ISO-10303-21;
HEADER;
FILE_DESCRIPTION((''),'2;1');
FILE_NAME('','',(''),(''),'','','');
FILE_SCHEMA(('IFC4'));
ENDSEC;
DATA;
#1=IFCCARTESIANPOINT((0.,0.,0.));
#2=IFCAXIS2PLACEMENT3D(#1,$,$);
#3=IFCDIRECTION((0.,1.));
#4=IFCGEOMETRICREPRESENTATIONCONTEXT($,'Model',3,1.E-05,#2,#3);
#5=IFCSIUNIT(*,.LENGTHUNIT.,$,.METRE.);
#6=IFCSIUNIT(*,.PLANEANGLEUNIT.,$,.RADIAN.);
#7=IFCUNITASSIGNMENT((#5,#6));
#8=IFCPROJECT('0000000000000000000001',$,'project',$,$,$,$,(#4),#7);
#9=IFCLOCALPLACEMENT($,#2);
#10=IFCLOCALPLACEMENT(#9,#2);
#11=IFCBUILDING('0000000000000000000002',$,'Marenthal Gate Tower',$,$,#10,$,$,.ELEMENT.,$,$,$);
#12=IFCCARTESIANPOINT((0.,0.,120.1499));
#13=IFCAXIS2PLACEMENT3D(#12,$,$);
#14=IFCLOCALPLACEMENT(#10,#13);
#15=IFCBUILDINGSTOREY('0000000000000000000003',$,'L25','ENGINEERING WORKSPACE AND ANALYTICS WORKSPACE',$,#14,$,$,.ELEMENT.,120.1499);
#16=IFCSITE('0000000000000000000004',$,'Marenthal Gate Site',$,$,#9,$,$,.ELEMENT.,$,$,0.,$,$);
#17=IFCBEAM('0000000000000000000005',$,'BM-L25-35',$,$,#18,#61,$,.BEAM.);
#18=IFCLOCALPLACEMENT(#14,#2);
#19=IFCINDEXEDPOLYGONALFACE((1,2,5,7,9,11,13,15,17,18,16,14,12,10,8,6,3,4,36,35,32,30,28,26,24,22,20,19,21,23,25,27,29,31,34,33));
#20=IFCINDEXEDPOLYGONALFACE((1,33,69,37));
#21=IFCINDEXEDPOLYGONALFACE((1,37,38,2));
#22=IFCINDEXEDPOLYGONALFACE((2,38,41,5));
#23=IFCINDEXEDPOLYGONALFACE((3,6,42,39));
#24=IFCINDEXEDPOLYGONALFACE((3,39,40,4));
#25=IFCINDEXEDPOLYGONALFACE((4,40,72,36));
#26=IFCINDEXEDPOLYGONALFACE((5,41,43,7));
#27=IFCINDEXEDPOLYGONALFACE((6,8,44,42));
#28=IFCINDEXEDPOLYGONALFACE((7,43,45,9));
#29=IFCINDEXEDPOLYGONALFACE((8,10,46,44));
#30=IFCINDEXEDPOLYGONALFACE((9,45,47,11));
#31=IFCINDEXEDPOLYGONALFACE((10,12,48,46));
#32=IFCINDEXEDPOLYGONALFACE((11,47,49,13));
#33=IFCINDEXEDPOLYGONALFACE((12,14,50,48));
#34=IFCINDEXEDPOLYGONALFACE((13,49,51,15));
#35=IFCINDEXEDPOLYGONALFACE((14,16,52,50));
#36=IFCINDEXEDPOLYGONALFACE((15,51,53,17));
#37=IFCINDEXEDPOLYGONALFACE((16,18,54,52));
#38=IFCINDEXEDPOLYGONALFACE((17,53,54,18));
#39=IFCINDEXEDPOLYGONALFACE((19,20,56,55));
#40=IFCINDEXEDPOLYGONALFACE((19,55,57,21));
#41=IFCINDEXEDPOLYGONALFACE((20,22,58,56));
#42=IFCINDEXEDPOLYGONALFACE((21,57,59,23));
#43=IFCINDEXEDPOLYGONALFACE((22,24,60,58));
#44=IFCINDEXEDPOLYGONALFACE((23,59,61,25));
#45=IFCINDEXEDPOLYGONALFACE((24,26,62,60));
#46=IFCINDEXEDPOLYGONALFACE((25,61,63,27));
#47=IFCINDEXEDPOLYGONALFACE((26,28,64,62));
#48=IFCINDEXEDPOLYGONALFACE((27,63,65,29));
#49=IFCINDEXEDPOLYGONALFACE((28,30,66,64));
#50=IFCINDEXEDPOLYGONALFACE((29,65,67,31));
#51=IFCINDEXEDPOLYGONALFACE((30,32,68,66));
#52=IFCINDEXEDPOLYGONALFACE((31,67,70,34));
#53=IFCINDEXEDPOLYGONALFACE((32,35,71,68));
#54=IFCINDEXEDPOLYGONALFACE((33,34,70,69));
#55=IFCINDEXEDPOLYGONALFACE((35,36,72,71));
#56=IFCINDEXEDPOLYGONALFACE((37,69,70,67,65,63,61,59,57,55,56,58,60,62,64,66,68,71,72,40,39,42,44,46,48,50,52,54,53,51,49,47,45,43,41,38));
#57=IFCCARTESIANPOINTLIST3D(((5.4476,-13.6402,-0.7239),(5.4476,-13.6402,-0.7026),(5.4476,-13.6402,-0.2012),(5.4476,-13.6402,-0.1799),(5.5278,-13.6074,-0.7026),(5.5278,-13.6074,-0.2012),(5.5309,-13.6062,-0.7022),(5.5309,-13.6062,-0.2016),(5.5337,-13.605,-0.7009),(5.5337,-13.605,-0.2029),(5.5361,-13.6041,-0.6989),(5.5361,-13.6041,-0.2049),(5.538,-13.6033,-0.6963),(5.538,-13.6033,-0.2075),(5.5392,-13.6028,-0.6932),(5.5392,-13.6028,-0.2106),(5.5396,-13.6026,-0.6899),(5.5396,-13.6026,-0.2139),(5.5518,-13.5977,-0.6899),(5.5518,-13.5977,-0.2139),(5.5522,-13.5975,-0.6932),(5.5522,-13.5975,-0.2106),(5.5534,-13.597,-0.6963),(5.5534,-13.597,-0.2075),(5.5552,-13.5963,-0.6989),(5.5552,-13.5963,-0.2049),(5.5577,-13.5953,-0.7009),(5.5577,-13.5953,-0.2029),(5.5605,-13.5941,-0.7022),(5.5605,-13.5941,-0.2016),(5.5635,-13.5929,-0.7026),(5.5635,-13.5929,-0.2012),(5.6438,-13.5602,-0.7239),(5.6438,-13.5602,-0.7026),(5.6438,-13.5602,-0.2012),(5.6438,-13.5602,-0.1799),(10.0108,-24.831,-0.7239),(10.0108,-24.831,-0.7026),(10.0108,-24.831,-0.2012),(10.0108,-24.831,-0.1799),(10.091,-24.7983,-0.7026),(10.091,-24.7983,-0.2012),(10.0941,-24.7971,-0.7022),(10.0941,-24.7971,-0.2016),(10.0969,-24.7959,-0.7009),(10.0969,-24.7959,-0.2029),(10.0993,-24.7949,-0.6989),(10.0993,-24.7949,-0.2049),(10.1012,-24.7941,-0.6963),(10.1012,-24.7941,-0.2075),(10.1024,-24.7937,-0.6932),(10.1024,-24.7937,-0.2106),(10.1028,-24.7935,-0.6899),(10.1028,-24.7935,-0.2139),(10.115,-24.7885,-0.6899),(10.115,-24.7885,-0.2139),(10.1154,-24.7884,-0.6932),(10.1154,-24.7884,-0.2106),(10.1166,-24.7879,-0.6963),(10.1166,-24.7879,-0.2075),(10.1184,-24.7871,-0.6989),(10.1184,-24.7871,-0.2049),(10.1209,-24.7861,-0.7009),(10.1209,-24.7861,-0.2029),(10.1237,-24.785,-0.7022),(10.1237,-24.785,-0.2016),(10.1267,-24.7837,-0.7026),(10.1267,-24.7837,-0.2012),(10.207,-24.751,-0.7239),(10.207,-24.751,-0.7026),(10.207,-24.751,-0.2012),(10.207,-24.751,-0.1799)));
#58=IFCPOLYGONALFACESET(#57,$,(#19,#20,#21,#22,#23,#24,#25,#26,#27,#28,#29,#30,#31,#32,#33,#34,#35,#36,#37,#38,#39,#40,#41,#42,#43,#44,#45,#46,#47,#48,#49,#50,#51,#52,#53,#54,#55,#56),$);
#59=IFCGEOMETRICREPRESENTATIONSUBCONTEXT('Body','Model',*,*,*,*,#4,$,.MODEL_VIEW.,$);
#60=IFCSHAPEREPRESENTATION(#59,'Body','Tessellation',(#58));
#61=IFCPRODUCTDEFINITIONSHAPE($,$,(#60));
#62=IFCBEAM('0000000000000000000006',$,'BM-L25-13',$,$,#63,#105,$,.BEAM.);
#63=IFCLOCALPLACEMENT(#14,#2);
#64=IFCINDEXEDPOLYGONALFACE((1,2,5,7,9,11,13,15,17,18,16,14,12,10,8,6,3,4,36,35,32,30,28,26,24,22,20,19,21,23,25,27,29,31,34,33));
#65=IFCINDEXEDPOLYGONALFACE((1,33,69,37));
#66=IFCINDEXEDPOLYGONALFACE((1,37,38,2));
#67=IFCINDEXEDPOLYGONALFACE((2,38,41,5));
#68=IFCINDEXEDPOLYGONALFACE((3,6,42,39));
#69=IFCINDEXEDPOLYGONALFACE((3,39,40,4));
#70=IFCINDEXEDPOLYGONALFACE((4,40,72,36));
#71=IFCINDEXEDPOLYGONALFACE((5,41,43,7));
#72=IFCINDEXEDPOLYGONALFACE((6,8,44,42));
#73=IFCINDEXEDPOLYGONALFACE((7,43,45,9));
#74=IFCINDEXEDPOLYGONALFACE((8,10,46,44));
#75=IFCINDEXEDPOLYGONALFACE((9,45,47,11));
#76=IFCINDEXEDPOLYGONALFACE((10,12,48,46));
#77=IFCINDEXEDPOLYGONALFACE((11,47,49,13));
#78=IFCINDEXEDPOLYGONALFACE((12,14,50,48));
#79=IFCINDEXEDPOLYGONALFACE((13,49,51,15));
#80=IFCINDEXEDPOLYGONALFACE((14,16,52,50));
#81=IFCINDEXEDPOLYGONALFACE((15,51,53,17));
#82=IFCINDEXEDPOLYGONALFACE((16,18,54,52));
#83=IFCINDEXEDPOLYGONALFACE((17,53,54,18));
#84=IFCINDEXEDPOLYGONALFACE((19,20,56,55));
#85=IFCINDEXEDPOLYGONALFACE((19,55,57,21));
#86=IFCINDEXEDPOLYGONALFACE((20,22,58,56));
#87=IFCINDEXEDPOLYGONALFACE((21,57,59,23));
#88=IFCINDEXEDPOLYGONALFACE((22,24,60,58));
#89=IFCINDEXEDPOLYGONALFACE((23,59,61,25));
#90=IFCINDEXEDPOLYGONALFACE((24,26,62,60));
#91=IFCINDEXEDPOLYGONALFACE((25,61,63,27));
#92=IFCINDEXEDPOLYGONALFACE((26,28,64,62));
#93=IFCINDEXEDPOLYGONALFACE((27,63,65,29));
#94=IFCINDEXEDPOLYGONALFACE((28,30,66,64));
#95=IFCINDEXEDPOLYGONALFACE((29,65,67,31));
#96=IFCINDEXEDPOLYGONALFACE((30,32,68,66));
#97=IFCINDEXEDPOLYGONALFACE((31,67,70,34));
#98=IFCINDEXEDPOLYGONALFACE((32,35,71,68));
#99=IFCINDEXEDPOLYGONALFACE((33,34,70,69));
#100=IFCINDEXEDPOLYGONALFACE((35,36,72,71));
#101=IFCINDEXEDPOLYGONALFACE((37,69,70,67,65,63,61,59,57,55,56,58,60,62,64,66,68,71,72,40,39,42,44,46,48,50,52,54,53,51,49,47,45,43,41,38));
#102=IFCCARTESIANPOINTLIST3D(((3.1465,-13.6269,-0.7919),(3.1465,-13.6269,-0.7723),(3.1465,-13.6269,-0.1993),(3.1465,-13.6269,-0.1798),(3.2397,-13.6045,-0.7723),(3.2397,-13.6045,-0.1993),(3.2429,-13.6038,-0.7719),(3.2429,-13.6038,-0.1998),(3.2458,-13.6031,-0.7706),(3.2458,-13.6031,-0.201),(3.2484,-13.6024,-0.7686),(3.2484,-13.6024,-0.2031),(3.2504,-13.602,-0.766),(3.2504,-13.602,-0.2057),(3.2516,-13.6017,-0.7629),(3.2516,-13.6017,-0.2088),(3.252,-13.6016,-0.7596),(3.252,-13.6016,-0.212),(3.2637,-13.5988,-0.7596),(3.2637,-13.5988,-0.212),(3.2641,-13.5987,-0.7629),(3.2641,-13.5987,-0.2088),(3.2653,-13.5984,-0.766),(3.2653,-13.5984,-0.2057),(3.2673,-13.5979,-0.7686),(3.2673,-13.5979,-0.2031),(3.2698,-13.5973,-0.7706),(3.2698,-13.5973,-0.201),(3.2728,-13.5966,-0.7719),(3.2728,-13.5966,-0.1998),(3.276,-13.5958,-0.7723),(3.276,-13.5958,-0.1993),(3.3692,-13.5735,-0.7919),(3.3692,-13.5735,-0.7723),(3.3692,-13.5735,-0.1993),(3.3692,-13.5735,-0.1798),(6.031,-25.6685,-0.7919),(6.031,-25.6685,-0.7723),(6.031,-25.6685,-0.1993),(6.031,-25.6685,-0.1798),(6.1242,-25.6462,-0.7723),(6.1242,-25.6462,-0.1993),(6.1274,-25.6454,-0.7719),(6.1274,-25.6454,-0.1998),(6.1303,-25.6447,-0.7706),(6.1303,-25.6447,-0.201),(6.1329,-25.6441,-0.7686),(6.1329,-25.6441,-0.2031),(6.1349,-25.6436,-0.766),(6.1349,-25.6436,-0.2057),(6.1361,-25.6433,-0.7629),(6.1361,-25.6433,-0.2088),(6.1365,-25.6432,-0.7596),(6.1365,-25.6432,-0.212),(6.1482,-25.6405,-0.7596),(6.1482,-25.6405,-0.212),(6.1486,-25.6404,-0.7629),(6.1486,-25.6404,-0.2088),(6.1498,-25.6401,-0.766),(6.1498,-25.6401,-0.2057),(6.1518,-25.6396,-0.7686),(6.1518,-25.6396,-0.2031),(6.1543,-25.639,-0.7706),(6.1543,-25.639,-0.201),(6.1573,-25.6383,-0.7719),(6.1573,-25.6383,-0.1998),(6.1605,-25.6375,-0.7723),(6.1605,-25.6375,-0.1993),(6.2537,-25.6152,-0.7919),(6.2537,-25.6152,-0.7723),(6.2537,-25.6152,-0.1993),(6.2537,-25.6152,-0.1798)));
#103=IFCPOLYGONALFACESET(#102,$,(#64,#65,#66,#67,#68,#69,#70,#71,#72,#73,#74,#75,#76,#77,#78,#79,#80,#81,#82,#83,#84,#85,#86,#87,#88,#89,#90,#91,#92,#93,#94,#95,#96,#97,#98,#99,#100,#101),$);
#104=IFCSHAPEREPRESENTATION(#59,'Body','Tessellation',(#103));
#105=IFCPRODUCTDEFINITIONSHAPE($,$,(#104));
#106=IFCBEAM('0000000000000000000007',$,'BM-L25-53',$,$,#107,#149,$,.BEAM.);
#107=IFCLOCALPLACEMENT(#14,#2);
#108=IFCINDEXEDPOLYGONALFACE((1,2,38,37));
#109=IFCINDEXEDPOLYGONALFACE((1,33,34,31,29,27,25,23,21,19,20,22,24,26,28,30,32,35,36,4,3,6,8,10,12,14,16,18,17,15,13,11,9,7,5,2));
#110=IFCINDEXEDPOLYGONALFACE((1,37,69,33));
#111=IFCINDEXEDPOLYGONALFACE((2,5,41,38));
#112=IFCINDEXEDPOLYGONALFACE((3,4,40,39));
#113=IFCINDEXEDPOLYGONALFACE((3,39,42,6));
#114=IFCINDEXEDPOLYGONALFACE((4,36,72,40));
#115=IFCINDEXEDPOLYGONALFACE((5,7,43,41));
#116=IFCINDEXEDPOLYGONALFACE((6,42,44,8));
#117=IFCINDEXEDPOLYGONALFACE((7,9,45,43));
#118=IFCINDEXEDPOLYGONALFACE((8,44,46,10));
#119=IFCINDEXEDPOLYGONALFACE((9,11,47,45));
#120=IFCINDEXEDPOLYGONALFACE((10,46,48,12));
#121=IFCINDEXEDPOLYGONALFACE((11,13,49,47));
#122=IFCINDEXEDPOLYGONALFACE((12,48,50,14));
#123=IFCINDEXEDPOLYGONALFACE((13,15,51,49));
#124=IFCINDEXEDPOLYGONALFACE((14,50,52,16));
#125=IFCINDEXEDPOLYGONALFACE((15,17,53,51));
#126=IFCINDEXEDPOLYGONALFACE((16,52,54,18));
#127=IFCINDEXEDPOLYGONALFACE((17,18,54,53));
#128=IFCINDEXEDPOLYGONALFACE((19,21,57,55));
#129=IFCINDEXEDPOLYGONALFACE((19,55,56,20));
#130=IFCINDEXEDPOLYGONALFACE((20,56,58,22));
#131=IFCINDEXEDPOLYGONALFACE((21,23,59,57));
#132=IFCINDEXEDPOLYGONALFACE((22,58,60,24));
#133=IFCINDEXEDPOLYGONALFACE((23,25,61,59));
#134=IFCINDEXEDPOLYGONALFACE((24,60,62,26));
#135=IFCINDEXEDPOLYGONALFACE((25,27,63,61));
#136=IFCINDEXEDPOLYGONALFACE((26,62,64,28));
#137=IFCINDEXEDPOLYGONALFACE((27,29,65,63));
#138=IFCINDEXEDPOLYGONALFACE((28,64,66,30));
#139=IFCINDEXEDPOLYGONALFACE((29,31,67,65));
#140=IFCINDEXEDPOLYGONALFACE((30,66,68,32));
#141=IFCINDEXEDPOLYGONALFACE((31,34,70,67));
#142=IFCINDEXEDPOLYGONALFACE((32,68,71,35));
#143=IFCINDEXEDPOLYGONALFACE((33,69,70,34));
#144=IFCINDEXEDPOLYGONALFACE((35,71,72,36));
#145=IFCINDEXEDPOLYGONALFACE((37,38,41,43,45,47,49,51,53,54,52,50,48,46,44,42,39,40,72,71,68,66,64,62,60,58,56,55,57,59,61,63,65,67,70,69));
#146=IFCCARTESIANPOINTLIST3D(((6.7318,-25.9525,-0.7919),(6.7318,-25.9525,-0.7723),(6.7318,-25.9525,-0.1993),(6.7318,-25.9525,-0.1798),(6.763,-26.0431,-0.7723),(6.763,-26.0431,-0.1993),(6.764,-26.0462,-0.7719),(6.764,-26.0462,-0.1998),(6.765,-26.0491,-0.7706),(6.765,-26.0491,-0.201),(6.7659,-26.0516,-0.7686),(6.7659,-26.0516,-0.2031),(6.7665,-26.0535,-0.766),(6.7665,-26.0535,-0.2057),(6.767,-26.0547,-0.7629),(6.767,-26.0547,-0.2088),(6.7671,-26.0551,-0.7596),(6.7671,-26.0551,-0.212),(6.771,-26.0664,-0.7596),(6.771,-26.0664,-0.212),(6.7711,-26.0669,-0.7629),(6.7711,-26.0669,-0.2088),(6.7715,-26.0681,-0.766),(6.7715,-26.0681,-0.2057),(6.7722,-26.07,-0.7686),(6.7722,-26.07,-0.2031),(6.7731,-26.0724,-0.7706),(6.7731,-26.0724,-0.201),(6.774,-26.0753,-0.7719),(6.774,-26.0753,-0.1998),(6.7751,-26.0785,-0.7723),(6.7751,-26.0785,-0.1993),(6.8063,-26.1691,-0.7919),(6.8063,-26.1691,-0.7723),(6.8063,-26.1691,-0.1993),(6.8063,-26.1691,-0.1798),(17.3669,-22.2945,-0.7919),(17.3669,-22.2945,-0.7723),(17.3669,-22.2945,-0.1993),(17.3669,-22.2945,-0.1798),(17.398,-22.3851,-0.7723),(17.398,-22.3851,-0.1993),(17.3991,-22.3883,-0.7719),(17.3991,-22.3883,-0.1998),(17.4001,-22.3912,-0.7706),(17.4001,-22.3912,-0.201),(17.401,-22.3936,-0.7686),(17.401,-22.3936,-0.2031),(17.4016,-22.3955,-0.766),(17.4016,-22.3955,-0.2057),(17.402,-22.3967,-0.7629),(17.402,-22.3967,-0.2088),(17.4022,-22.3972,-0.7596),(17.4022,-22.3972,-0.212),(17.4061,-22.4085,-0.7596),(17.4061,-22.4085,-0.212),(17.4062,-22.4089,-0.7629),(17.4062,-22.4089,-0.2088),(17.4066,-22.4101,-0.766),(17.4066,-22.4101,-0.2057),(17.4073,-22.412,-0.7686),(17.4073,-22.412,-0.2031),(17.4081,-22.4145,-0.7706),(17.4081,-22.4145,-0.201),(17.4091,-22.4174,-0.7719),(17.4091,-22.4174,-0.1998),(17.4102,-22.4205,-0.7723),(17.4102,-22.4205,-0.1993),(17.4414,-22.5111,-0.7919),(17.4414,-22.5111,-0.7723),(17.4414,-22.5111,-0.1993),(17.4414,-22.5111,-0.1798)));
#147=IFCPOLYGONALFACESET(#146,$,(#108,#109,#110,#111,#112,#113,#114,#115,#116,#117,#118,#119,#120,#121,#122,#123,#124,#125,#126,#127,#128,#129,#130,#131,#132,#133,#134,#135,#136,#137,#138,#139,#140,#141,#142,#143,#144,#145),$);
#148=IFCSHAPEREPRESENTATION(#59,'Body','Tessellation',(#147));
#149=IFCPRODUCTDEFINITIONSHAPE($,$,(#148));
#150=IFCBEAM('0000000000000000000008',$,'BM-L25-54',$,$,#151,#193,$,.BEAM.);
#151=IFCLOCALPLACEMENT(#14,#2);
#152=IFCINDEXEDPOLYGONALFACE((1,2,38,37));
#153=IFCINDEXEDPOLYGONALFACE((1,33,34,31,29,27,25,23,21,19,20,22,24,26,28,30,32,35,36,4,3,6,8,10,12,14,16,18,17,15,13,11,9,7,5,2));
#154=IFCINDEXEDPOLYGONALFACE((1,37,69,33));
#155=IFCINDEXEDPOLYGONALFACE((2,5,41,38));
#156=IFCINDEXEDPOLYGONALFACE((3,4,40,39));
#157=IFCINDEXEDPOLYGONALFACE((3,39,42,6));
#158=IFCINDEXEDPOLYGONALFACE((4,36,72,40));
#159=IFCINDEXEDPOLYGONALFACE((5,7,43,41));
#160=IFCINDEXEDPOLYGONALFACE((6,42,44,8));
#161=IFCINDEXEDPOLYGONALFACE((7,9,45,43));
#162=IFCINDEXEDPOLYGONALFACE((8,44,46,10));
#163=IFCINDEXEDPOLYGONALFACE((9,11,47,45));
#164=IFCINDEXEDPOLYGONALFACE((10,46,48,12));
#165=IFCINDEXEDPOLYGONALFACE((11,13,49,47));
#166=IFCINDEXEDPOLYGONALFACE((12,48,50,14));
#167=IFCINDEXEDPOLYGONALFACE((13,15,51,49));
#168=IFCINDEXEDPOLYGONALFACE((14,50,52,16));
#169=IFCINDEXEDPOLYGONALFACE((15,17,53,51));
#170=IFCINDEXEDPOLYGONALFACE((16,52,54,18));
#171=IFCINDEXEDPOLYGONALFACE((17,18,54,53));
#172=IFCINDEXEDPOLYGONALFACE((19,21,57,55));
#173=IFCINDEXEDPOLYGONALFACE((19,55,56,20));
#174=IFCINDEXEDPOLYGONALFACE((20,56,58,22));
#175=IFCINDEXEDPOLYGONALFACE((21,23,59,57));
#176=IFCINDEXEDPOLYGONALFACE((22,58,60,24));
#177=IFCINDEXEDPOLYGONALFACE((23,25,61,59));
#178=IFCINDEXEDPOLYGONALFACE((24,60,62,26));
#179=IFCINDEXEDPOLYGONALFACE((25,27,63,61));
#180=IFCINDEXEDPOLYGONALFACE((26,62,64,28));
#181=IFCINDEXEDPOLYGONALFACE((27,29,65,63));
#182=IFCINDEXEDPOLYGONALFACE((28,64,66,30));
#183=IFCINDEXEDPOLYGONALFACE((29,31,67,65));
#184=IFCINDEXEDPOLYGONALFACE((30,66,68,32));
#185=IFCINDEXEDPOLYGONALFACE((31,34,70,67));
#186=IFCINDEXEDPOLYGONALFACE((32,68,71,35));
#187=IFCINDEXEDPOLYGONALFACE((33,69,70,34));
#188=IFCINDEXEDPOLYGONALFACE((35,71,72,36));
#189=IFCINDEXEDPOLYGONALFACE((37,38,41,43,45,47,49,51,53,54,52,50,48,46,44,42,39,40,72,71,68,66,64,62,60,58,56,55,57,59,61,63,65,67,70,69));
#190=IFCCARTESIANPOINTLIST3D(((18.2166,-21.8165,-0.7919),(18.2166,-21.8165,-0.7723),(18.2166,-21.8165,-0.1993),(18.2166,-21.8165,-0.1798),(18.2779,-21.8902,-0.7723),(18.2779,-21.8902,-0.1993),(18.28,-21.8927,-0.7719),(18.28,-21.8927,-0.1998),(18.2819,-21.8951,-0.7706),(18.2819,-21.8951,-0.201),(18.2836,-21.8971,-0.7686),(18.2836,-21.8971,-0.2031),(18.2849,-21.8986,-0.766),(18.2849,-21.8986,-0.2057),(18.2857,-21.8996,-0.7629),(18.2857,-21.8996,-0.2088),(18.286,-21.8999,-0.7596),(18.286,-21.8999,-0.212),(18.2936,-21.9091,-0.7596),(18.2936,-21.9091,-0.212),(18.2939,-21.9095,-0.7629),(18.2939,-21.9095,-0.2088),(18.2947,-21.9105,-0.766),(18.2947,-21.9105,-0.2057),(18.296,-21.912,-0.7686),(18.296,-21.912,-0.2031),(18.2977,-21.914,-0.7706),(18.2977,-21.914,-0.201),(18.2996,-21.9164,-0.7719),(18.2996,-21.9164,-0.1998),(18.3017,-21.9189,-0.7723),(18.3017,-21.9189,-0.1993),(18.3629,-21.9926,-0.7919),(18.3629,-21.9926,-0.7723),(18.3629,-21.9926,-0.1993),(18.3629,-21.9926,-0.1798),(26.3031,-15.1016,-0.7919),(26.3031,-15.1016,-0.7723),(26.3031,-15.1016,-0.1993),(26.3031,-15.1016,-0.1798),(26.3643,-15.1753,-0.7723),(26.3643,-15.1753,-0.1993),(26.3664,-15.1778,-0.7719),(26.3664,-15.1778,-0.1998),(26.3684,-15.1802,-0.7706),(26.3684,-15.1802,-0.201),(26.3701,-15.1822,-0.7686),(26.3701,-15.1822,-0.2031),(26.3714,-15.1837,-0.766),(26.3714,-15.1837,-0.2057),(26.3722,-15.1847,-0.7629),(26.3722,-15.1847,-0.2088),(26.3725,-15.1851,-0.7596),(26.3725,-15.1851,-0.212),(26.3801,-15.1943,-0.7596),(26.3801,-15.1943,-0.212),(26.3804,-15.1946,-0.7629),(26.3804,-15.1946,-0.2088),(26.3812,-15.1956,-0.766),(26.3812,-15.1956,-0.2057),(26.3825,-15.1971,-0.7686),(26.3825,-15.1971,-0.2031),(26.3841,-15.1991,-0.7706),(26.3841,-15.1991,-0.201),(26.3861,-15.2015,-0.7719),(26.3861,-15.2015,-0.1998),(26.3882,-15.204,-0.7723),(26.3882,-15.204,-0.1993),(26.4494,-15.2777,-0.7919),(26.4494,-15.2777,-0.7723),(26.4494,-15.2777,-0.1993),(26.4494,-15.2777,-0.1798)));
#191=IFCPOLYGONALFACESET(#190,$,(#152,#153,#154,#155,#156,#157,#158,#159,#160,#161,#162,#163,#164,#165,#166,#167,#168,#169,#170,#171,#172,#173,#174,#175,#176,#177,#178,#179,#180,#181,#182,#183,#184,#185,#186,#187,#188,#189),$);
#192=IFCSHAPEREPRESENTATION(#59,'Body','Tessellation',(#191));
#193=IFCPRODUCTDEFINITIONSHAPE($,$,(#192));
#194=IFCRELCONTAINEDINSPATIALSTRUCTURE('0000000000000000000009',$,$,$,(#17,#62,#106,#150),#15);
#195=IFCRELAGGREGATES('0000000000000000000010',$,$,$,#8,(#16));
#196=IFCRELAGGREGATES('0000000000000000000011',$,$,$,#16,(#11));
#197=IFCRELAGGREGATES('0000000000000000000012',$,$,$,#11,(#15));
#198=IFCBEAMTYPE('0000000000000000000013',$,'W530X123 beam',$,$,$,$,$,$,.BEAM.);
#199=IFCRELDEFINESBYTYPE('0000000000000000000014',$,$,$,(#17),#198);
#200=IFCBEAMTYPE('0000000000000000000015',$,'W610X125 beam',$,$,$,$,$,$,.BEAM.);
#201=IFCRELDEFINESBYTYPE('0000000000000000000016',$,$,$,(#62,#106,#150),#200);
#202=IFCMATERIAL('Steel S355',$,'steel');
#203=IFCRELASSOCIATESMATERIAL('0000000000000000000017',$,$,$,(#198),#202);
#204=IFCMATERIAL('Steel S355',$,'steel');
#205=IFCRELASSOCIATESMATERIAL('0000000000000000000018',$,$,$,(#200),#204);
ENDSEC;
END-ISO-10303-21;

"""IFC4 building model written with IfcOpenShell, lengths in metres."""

from ifc_helpers import new_model, si_unit, direction, frame, origin, origin_2d, place, context, subcontext, project, spatial, i_section, extrude, material, material_profile, profile_set, type_object, element, save


model = new_model("IFC4")

# Units and contexts
model_context = context("Model", 3, precision=1e-05, world=origin(), true_north=direction((0.0, 1.0)))
body_context = subcontext(model_context, "Body", "Model", "MODEL_VIEW")
ifc_project = project(units=[si_unit("LENGTHUNIT", "METRE"), si_unit("PLANEANGLEUNIT", "RADIAN")], contexts=[model_context])

# Site, building, storey
site_placement = place(None, origin())
site = spatial("IfcSite", under=ifc_project, at=site_placement, Name="Marenthal Gate Site", CompositionType="ELEMENT", RefElevation=0.0)
building_placement = place(site_placement, origin())
building = spatial("IfcBuilding", under=site, at=building_placement, Name="Marenthal Gate Tower", CompositionType="ELEMENT")
storey_placement = place(building_placement, frame((0.0, 0.0, 120.1499)))
storey = spatial("IfcBuildingStorey", under=building, at=storey_placement, Name="L25", Description="ENGINEERING WORKSPACE AND ANALYTICS WORKSPACE", CompositionType="ELEMENT", Elevation=120.1499)

# Beams
ifc_material_1 = material(Name="Steel S355", Category="steel")
ifc_material_profile_1 = material_profile(ifc_material_1, i_section(OverallWidth=0.2119, OverallDepth=0.5439, WebThickness=0.0132, FlangeThickness=0.0212, FilletRadius=0.0127, at=origin_2d()), Name="W530X123")
ifc_profile_set_1 = profile_set([ifc_material_profile_1], Name="Steel S355")
beam_type_1 = type_object("IfcBeamType", Name="W530X123 beam", PredefinedType="BEAM", material=ifc_profile_set_1)
beam_1_placement = place(storey_placement, frame((10.1089, -24.791, -0.4519), z_axis=(-0.377579, 0.925978, 0.0), x_axis=(-0.925978, -0.377579, 0.0)))
element("IfcBeam", 1, at=beam_1_placement, inside=storey, type_object=beam_type_1, Name="BM-L25-35", PredefinedType="BEAM", context=body_context, shape_type="SweptSolid", body=[
    extrude(i_section(OverallWidth=0.2119, OverallDepth=0.5439, WebThickness=0.0132, FlangeThickness=0.0212, FilletRadius=0.0127, at=origin_2d()), origin(), (0.0, 0.0, 1.0), 12.0854),
])
ifc_material_2 = material(Name="Steel S355", Category="steel")
ifc_material_profile_2 = material_profile(ifc_material_2, i_section(OverallWidth=0.229, OverallDepth=0.6121, WebThickness=0.012, FlangeThickness=0.0195, FilletRadius=0.0127, at=origin_2d()), Name="W610X125")
ifc_profile_set_2 = profile_set([ifc_material_profile_2], Name="Steel S355")
beam_type_2 = type_object("IfcBeamType", Name="W610X125 beam", PredefinedType="BEAM", material=ifc_profile_set_2)
beam_2_placement = place(storey_placement, frame((6.1423, -25.6418, -0.4858), z_axis=(-0.232953, 0.972488, 0.0), x_axis=(-0.972488, -0.232953, 0.0)))
element("IfcBeam", 2, at=beam_2_placement, inside=storey, type_object=beam_type_2, Name="BM-L25-13", PredefinedType="BEAM", context=body_context, shape_type="SweptSolid", body=[
    extrude(i_section(OverallWidth=0.229, OverallDepth=0.6121, WebThickness=0.012, FlangeThickness=0.0195, FilletRadius=0.0127, at=origin_2d()), origin(), (0.0, 0.0, 1.0), 12.3823),
])
beam_3_placement = place(storey_placement, frame((6.769, -26.0608, -0.4858), z_axis=(0.945627, 0.325253, 0.0), x_axis=(-0.325253, 0.945627, 0.0)))
element("IfcBeam", 3, at=beam_3_placement, inside=storey, type_object=beam_type_2, Name="BM-L25-53", PredefinedType="BEAM", context=body_context, shape_type="SweptSolid", body=[
    extrude(i_section(OverallWidth=0.229, OverallDepth=0.6121, WebThickness=0.012, FlangeThickness=0.0195, FilletRadius=0.0127, at=origin_2d()), origin(), (0.0, 0.0, 1.0), 11.2466),
])
beam_4_placement = place(storey_placement, frame((18.2898, -21.9045, -0.4858), z_axis=(0.769336, 0.638845, 0.0), x_axis=(-0.638845, 0.769336, 0.0)))
element("IfcBeam", 4, at=beam_4_placement, inside=storey, type_object=beam_type_2, Name="BM-L25-54", PredefinedType="BEAM", context=body_context, shape_type="SweptSolid", body=[
    extrude(i_section(OverallWidth=0.229, OverallDepth=0.6121, WebThickness=0.012, FlangeThickness=0.0195, FilletRadius=0.0127, at=origin_2d()), origin(), (0.0, 0.0, 1.0), 10.511),
])

save(model, "model.ifc")
